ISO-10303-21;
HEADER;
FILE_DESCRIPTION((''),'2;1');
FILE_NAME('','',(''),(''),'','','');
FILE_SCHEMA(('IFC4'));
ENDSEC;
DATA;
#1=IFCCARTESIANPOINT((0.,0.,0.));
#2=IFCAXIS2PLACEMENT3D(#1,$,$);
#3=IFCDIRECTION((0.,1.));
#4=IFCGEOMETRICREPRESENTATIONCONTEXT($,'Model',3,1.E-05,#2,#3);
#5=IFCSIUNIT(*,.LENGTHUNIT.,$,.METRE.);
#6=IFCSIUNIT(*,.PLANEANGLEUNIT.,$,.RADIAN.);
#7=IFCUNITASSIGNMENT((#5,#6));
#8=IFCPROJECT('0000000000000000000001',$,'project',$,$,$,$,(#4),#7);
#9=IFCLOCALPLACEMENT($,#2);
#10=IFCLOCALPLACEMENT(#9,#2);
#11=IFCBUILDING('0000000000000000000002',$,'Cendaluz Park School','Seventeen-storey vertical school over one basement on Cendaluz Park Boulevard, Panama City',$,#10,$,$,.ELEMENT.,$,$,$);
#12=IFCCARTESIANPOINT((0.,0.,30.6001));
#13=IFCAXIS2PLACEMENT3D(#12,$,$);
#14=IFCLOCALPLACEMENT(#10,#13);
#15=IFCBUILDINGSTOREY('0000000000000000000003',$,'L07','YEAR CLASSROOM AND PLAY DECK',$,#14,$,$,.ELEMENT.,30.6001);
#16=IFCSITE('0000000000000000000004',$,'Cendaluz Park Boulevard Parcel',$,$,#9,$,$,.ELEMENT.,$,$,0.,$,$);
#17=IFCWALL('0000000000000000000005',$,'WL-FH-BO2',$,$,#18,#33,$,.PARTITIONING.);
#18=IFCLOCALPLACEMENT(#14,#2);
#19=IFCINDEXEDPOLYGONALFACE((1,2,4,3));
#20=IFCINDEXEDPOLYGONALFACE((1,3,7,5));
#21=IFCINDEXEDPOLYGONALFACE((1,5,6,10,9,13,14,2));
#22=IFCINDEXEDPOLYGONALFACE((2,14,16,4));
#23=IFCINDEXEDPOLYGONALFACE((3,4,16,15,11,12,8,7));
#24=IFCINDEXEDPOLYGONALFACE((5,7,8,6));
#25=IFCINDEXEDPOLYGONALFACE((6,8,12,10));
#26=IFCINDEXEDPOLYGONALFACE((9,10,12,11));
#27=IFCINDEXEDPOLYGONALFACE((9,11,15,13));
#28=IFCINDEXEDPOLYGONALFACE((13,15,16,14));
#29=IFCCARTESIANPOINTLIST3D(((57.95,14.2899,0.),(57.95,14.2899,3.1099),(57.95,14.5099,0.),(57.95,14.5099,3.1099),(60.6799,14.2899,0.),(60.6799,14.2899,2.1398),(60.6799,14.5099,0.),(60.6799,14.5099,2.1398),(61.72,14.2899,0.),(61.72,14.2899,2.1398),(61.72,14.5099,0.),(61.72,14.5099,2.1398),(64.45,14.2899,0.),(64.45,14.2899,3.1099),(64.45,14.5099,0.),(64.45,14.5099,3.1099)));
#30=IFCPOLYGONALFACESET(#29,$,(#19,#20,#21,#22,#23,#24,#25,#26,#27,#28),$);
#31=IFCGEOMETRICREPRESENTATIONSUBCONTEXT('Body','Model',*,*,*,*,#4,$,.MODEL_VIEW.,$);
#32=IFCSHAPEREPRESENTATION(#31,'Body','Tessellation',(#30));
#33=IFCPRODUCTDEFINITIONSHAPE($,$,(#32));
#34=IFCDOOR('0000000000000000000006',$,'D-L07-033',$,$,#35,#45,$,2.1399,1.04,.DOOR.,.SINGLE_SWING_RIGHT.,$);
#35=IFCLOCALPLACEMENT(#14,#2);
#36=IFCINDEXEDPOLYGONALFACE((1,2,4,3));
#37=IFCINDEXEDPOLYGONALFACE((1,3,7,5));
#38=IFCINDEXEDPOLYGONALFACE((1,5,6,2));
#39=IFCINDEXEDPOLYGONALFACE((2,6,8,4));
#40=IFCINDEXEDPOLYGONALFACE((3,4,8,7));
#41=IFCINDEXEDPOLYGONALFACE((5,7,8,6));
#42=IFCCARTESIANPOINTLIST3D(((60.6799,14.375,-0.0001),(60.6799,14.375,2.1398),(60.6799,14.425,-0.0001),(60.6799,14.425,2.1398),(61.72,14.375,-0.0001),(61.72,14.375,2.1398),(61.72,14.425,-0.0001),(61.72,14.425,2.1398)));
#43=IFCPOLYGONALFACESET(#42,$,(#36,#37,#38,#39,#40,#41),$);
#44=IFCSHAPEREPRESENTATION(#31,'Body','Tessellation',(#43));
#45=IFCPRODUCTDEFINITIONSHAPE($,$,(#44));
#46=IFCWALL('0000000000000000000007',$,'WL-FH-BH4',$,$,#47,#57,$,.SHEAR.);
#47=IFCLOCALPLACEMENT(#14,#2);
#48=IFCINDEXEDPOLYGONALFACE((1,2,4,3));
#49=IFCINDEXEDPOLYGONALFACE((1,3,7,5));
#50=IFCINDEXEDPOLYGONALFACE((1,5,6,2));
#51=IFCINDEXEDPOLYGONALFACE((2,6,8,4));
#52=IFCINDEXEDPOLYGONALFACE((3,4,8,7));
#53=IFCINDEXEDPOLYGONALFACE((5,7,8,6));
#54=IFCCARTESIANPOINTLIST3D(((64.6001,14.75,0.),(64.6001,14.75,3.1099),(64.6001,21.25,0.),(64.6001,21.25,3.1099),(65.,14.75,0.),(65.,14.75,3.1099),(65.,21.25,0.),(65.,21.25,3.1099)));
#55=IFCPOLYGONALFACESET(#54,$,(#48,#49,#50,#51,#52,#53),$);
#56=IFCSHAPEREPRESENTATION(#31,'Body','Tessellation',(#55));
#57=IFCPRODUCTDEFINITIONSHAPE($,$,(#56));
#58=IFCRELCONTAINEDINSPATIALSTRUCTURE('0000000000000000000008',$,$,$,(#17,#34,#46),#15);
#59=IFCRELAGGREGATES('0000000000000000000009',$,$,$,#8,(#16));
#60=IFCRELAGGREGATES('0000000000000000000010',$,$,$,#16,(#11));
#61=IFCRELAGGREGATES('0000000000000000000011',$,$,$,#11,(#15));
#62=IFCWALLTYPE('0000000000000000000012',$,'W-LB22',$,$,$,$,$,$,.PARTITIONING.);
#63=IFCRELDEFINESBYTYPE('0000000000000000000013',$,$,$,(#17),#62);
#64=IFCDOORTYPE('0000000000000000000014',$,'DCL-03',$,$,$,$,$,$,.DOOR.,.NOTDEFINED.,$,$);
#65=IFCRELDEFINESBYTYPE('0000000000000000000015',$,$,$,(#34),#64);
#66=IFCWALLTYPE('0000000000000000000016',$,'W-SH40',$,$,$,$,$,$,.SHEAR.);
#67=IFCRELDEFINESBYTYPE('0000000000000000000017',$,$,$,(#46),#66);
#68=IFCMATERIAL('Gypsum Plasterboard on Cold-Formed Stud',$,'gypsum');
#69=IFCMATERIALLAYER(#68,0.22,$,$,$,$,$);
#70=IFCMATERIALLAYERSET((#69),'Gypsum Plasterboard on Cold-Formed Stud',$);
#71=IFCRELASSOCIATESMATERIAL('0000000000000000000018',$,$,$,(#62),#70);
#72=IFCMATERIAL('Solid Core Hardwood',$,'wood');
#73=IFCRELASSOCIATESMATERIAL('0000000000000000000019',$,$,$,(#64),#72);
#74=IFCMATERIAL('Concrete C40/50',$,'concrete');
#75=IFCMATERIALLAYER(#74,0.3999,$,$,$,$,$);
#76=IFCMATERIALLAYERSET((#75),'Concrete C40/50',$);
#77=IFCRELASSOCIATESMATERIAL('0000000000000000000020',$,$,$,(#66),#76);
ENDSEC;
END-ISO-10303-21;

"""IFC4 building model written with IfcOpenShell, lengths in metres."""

from ifc_helpers import new_model, si_unit, direction, frame, frame_2d, origin, place, context, subcontext, project, spatial, rectangle, extrude, material, layer, layer_set, type_object, element, fill, save


model = new_model("IFC4")

# Units and contexts
model_context = context("Model", 3, precision=1e-05, world=origin(), true_north=direction((0.0, 1.0)))
body_context = subcontext(model_context, "Body", "Model", "MODEL_VIEW")
ifc_project = project(units=[si_unit("LENGTHUNIT", "METRE"), si_unit("PLANEANGLEUNIT", "RADIAN")], contexts=[model_context])

# Site, building, storey
site_placement = place(None, origin())
site = spatial("IfcSite", under=ifc_project, at=site_placement, Name="Cendaluz Park Boulevard Parcel", CompositionType="ELEMENT", RefElevation=0.0)
building_placement = place(site_placement, origin())
building = spatial("IfcBuilding", under=site, at=building_placement, Name="Cendaluz Park School", Description="Seventeen-storey vertical school over one basement on Cendaluz Park Boulevard, Panama City", CompositionType="ELEMENT")
storey_placement = place(building_placement, frame((0.0, 0.0, 30.6001)))
storey = spatial("IfcBuildingStorey", under=building, at=storey_placement, Name="L07", Description="YEAR CLASSROOM AND PLAY DECK", CompositionType="ELEMENT", Elevation=30.6001)

# Shared definitions
ifc_material_1 = material(Name="Concrete C40/50", Category="concrete")

# Shared definitions
ifc_material_2 = material(Name="Gypsum Plasterboard on Cold-Formed Stud", Category="gypsum")
ifc_layer_1 = layer(ifc_material_2, 0.22)
ifc_layer_set_1 = layer_set([ifc_layer_1], Name="Gypsum Plasterboard on Cold-Formed Stud")
wall_type_1 = type_object("IfcWallType", Name="W-LB22", PredefinedType="PARTITIONING", material=ifc_layer_set_1)

# Shared definitions
ifc_material_3 = material(Name="Solid Core Hardwood", Category="wood")

# Wall, opening, door
wall_1_placement = place(storey_placement, frame((57.95, 14.3999, 0.0), z_axis=(0.0, 0.0, 1.0), x_axis=(1.0, 0.0, 0.0)))
wall_1 = element("IfcWall", 1, at=wall_1_placement, inside=storey, type_object=wall_type_1, Name="WL-FH-BO2", PredefinedType="PARTITIONING", context=body_context, shape_type="SweptSolid", body=[
    extrude(rectangle(XDim=6.5, YDim=0.22, at=frame_2d((3.25, 0.0))), origin(), (0.0, 0.0, 1.0), 3.1099),
])
opening_1_placement = place(wall_1_placement, frame((2.73, 0.0, 0.0)))
opening_1 = element("IfcOpeningElement", 2, at=opening_1_placement, cuts=wall_1, PredefinedType="OPENING", context=body_context, shape_type="SweptSolid", body=[
    extrude(rectangle(XDim=1.04, YDim=2.1399, at=frame_2d((0.52, 1.0698))), frame((0.0, 0.1221, 0.0), z_axis=(0.0, -1.0, 0.0), x_axis=(1.0, 0.0, 0.0)), (0.0, 0.0, 1.0), 0.2439),
])
door_type_1 = type_object("IfcDoorType", Name="DCL-03", OperationType="NOTDEFINED", PredefinedType="DOOR", material=ifc_material_3)
door_1_placement = place(opening_1_placement, frame((1.04, 0.0, 0.0), z_axis=(0.0, 0.0, 1.0), x_axis=(-1.0, 0.0, 0.0)))
door_1 = element("IfcDoor", 3, at=door_1_placement, inside=storey, type_object=door_type_1, Name="D-L07-033", OperationType="SINGLE_SWING_RIGHT", OverallHeight=2.1399, OverallWidth=1.04, PredefinedType="DOOR", context=body_context, shape_type="SweptSolid", body=[
    extrude(rectangle(XDim=1.04, YDim=2.1399, at=frame_2d((0.52, 1.0698))), frame((0.0, 0.0249, 0.0), z_axis=(0.0, -1.0, 0.0), x_axis=(1.0, 0.0, 0.0)), (0.0, 0.0, 1.0), 0.05),
])
fill(opening_1, door_1)

# Wall
ifc_layer_2 = layer(ifc_material_1, 0.3999)
ifc_layer_set_2 = layer_set([ifc_layer_2], Name="Concrete C40/50")
wall_type_2 = type_object("IfcWallType", Name="W-SH40", PredefinedType="SHEAR", material=ifc_layer_set_2)
wall_2_placement = place(storey_placement, frame((64.8, 14.75, 0.0), z_axis=(0.0, 0.0, 1.0), x_axis=(0.0, 1.0, 0.0)))
element("IfcWall", 4, at=wall_2_placement, inside=storey, type_object=wall_type_2, Name="WL-FH-BH4", PredefinedType="SHEAR", context=body_context, shape_type="SweptSolid", body=[
    extrude(rectangle(XDim=6.5, YDim=0.3999, at=frame_2d((3.25, 0.0))), origin(), (0.0, 0.0, 1.0), 3.1099),
])

save(model, "model.ifc")
